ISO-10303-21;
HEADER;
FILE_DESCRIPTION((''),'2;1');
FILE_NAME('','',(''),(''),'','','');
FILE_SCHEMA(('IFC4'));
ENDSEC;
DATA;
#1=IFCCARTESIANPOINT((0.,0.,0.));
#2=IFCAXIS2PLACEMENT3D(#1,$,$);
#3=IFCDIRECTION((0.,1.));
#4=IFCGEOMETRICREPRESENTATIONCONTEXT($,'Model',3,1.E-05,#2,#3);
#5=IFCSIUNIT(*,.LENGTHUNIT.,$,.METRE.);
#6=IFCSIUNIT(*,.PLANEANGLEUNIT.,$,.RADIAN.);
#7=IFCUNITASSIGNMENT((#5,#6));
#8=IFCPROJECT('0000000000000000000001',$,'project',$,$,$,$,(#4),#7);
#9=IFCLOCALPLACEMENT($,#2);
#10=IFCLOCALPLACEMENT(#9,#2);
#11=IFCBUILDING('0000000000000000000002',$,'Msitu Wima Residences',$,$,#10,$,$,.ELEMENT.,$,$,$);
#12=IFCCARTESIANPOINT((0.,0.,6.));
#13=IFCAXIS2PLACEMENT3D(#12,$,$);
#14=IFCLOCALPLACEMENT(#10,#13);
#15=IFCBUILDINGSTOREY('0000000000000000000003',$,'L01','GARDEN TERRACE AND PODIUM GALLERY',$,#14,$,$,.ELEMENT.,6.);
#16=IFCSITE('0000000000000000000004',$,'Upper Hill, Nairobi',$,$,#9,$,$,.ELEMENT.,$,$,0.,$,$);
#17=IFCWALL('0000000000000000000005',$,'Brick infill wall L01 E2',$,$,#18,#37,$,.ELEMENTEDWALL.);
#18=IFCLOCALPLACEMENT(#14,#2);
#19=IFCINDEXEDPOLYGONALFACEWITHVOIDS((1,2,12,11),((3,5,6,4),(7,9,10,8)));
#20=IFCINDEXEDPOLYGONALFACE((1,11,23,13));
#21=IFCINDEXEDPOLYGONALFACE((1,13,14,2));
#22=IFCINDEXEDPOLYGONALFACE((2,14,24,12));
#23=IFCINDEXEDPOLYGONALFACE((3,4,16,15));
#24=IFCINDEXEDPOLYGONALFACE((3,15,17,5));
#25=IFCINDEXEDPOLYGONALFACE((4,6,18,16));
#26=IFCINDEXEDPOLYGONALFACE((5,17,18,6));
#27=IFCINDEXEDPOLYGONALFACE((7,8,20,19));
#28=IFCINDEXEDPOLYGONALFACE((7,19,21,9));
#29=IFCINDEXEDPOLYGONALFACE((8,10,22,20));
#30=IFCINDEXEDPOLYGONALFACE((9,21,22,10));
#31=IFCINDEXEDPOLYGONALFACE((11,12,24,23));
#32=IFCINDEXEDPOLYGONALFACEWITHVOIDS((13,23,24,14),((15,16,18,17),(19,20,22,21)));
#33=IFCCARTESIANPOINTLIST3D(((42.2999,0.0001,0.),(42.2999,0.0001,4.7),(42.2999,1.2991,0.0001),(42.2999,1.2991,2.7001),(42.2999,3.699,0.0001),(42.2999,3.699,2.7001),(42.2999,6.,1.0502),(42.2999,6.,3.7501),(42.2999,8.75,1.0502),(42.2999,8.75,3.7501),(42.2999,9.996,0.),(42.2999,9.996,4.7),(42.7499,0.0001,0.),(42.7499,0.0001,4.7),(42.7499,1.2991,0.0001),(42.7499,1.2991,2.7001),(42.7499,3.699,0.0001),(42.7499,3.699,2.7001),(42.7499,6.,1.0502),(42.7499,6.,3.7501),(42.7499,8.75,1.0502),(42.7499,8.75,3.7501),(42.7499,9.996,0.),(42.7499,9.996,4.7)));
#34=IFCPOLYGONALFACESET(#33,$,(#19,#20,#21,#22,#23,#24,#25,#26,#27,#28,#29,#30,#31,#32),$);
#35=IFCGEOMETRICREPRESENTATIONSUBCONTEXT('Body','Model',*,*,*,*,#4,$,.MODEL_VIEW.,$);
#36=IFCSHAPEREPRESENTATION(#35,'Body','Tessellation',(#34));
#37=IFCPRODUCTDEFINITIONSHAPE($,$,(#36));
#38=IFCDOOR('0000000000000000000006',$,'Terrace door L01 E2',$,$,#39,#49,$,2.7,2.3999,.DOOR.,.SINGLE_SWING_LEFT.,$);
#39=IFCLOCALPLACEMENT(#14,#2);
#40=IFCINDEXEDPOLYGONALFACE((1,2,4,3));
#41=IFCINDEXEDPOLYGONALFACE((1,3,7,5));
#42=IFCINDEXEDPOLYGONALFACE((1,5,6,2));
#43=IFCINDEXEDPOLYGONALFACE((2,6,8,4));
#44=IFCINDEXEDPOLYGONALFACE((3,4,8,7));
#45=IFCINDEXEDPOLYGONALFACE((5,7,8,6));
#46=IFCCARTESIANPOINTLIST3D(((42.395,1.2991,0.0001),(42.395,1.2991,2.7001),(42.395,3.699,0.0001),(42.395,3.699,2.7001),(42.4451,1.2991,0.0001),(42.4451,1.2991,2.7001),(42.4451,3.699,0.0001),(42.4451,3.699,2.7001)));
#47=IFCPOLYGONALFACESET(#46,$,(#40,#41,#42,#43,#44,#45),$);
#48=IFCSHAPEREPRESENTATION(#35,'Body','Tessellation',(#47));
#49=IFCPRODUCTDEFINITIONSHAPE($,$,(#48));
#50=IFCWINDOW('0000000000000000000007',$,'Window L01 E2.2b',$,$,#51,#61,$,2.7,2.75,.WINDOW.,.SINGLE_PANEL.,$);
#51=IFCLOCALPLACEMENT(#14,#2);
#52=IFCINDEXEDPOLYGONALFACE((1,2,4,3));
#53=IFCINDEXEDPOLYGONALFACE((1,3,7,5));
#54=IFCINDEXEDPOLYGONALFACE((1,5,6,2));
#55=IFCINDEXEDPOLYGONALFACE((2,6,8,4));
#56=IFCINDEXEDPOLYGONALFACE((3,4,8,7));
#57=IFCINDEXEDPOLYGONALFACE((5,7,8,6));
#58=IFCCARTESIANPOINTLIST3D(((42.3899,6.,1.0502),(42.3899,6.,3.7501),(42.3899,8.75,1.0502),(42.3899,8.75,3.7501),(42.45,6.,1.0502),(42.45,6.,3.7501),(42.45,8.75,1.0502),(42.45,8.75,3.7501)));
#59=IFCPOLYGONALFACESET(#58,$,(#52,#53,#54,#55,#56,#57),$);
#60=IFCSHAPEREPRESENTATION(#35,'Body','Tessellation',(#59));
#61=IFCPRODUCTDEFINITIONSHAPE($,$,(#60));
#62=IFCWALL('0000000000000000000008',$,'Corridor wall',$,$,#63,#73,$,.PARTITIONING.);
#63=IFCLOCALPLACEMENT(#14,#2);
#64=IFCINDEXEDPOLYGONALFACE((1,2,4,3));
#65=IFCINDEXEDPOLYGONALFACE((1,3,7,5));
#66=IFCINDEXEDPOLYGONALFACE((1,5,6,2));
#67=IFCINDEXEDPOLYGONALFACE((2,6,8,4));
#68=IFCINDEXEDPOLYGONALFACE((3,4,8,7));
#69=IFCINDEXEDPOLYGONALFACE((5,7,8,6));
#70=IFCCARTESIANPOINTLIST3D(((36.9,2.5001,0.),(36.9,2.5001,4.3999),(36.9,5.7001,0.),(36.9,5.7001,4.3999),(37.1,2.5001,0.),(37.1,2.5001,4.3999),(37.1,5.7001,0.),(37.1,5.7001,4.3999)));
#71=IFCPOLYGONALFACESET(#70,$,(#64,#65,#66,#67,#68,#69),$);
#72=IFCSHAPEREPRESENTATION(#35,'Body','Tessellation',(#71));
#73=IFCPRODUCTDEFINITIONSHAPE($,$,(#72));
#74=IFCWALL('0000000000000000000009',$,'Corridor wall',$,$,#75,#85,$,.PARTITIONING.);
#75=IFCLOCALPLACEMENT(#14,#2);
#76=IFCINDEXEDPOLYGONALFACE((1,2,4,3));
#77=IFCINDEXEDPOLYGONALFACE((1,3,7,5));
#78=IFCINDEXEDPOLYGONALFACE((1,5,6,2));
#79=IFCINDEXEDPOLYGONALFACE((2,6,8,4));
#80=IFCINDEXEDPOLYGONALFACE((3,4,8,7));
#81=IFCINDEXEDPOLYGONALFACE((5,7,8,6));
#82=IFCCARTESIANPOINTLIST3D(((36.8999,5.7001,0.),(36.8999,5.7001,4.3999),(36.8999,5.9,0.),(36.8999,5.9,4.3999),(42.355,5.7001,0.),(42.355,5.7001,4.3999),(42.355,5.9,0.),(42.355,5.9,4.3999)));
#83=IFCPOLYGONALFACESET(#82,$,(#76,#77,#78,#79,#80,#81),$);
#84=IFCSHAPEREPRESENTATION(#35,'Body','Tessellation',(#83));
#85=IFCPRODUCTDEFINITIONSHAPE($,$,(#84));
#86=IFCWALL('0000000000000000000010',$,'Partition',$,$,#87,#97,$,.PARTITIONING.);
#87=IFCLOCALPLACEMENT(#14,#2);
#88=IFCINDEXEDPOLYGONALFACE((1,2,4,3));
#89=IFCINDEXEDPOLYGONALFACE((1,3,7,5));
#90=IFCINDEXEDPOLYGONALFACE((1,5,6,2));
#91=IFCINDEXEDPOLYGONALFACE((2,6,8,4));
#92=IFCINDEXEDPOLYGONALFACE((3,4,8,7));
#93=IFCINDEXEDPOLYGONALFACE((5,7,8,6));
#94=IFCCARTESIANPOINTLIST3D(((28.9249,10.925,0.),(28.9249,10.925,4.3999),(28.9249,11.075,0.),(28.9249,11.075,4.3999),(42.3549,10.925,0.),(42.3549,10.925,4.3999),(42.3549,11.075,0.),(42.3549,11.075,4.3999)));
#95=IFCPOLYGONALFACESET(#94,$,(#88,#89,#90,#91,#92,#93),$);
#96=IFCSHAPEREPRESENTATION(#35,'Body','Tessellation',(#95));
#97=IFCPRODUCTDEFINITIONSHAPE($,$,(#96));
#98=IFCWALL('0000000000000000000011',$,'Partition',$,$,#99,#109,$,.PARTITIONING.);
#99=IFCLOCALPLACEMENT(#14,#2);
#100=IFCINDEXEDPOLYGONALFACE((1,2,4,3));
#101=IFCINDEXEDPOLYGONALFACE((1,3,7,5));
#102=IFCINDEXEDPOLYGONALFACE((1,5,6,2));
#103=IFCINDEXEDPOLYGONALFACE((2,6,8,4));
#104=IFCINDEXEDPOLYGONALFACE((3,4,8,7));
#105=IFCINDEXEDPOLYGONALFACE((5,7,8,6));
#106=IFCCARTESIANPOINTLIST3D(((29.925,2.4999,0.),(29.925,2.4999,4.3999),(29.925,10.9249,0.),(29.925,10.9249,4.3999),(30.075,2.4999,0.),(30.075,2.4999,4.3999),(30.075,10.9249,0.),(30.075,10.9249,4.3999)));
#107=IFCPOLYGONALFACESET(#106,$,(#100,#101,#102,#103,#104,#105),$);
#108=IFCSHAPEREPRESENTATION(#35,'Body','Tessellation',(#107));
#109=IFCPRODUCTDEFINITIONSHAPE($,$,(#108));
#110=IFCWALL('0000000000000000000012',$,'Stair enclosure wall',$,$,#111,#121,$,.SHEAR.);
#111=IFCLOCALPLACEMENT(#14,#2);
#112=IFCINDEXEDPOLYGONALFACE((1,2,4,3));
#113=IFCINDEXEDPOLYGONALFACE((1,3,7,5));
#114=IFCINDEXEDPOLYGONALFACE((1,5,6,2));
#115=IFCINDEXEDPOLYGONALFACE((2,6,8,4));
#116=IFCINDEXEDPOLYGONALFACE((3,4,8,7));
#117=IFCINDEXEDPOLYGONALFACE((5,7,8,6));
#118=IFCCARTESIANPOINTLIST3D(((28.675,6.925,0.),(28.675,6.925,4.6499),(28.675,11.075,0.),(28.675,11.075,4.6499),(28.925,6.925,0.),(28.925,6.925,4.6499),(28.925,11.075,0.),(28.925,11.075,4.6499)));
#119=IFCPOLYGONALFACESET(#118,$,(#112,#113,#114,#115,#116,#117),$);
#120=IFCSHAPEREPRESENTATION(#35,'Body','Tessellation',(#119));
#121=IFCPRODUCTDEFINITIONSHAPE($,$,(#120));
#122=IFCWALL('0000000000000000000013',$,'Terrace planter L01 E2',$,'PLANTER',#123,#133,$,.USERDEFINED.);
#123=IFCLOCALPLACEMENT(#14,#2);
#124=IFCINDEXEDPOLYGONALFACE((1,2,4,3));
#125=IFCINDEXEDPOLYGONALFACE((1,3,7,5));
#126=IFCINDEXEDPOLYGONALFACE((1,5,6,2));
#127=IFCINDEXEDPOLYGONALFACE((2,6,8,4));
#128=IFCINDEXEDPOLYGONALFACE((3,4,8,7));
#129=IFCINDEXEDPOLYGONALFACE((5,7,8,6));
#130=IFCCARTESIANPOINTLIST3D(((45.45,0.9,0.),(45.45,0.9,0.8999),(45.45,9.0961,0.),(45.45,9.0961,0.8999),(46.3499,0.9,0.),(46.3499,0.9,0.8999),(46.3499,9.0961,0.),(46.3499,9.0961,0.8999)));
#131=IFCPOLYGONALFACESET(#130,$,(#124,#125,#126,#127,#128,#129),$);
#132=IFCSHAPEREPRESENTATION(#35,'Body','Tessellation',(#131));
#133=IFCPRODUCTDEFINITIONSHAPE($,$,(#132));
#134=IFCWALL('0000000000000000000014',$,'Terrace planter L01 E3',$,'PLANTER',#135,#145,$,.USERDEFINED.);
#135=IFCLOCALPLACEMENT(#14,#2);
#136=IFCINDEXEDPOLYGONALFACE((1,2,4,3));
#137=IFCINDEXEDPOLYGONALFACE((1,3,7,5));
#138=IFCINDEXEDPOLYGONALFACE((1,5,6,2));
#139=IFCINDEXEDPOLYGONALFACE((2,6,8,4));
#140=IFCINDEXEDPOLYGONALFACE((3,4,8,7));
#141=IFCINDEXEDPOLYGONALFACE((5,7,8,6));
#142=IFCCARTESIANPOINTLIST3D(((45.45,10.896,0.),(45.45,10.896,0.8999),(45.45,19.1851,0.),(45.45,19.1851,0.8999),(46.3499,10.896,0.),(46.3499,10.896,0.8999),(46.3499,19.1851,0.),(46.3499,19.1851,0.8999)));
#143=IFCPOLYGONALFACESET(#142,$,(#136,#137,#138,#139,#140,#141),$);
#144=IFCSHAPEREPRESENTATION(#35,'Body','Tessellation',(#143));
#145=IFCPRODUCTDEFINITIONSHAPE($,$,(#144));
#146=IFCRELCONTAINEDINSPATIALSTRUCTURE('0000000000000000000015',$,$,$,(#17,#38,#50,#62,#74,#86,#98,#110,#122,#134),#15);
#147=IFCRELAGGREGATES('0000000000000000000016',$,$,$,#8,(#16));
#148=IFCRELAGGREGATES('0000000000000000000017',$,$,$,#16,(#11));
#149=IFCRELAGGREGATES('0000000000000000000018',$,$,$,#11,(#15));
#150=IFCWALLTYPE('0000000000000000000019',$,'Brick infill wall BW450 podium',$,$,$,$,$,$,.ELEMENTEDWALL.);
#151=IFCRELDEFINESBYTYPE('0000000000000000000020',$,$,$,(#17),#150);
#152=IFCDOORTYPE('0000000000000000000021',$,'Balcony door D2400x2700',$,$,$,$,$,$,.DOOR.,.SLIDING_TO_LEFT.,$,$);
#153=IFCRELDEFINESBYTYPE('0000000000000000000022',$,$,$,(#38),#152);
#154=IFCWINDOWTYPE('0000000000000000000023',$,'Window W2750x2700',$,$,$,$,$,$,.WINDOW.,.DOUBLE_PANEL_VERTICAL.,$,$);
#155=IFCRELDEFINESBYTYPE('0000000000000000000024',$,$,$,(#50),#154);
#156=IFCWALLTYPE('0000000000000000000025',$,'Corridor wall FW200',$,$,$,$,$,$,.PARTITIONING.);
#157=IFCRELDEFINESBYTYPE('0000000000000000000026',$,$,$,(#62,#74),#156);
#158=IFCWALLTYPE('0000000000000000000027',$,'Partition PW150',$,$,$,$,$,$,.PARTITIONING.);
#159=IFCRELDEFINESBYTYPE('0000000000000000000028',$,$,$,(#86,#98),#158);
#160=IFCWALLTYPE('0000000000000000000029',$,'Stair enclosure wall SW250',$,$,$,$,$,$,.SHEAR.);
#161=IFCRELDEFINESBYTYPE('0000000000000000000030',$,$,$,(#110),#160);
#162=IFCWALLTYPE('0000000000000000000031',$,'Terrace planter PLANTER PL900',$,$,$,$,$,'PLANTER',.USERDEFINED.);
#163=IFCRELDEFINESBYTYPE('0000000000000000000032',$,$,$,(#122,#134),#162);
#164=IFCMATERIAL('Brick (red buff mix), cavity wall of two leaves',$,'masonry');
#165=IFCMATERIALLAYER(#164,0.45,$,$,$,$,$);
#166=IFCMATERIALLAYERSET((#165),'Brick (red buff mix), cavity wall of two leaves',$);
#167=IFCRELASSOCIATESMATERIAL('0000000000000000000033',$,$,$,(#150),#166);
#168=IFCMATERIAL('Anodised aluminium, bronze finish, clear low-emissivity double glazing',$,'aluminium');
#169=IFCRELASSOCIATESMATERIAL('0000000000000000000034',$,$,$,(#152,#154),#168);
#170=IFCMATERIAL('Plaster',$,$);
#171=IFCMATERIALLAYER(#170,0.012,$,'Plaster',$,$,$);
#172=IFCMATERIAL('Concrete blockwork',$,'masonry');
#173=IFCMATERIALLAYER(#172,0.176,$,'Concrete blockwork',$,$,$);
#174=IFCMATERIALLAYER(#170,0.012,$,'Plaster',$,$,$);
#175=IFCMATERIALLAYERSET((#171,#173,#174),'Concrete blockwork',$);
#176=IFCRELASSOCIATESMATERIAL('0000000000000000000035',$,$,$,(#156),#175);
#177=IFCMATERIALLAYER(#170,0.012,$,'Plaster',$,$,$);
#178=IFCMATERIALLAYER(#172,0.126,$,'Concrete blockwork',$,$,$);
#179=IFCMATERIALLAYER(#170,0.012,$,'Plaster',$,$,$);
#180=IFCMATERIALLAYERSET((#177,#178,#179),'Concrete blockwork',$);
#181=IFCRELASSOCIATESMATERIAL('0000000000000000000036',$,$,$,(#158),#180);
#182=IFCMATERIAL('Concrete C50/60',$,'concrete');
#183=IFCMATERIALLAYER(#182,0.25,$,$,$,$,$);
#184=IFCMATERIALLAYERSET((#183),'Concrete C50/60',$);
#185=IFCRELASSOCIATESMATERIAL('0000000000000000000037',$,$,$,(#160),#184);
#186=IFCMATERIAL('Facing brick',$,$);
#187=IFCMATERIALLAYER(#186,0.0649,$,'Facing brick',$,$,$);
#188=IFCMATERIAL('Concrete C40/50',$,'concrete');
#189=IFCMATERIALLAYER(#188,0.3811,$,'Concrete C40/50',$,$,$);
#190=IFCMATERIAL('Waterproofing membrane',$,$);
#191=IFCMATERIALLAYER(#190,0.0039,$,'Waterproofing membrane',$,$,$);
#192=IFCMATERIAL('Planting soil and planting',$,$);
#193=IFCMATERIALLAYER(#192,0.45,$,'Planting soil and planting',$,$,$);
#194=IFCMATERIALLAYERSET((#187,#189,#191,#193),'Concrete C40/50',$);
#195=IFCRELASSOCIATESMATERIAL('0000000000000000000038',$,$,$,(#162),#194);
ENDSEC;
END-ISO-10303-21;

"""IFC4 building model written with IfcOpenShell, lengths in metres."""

from ifc_helpers import new_model, si_unit, direction, frame, frame_2d, origin, place, context, subcontext, project, spatial, rectangle, extrude, material, layer, layer_set, type_object, element, fill, save


model = new_model("IFC4")

# Units and contexts
model_context = context("Model", 3, precision=1e-05, world=origin(), true_north=direction((0.0, 1.0)))
body_context = subcontext(model_context, "Body", "Model", "MODEL_VIEW")
ifc_project = project(units=[si_unit("LENGTHUNIT", "METRE"), si_unit("PLANEANGLEUNIT", "RADIAN")], contexts=[model_context])

# Site, building, storey
site_placement = place(None, origin())
site = spatial("IfcSite", under=ifc_project, at=site_placement, Name="Upper Hill, Nairobi", CompositionType="ELEMENT", RefElevation=0.0)
building_placement = place(site_placement, origin())
building = spatial("IfcBuilding", under=site, at=building_placement, Name="Msitu Wima Residences", CompositionType="ELEMENT")
storey_placement = place(building_placement, frame((0.0, 0.0, 6.0)))
storey = spatial("IfcBuildingStorey", under=building, at=storey_placement, Name="L01", Description="GARDEN TERRACE AND PODIUM GALLERY", CompositionType="ELEMENT", Elevation=6.0)

# Shared definitions
ifc_material_1 = material(Name="Concrete C40/50", Category="concrete")

# Shared definitions
ifc_material_2 = material(Name="Anodised aluminium, bronze finish, clear low-emissivity double glazing", Category="aluminium")

# Wall, openings, door, window
ifc_material_3 = material(Name="Brick (red buff mix), cavity wall of two leaves", Category="masonry")
ifc_layer_1 = layer(ifc_material_3, 0.45)
ifc_layer_set_1 = layer_set([ifc_layer_1], Name="Brick (red buff mix), cavity wall of two leaves")
wall_type_1 = type_object("IfcWallType", Name="Brick infill wall BW450 podium", PredefinedType="ELEMENTEDWALL", material=ifc_layer_set_1)
wall_1_placement = place(storey_placement, frame((42.5249, 0.0, 0.0), z_axis=(0.0, 0.0, 1.0), x_axis=(0.0, 1.0, 0.0)))
wall_1 = element("IfcWall", 1, at=wall_1_placement, inside=storey, type_object=wall_type_1, Name="Brick infill wall L01 E2", PredefinedType="ELEMENTEDWALL", context=body_context, shape_type="SweptSolid", body=[
    extrude(rectangle(XDim=9.9958, YDim=0.45, at=frame_2d((4.998, 0.0))), origin(), (0.0, 0.0, 1.0), 4.7),
])
opening_1_placement = place(wall_1_placement, frame((1.2991, 0.0, 0.0)))
opening_1 = element("IfcOpeningElement", 2, at=opening_1_placement, cuts=wall_1, PredefinedType="OPENING", context=body_context, shape_type="SweptSolid", body=[
    extrude(rectangle(XDim=2.3999, YDim=2.7, at=frame_2d((1.2, 1.3501))), frame((0.0, 0.2349, 0.0), z_axis=(0.0, -1.0, 0.0), x_axis=(1.0, 0.0, 0.0)), (0.0, 0.0, 1.0), 0.47),
])
opening_2_placement = place(wall_1_placement, frame((6.0, 0.0, 1.05)))
opening_2 = element("IfcOpeningElement", 3, at=opening_2_placement, cuts=wall_1, PredefinedType="OPENING", context=body_context, shape_type="SweptSolid", body=[
    extrude(rectangle(XDim=2.75, YDim=2.7, at=frame_2d((1.375, 1.3501))), frame((0.0, 0.2349, 0.0), z_axis=(0.0, -1.0, 0.0), x_axis=(1.0, 0.0, 0.0)), (0.0, 0.0, 1.0), 0.47),
])
door_type = type_object("IfcDoorType", Name="Balcony door D2400x2700", OperationType="SLIDING_TO_LEFT", PredefinedType="DOOR", material=ifc_material_2)
door_placement = place(opening_1_placement, origin())
door = element("IfcDoor", 4, at=door_placement, inside=storey, type_object=door_type, Name="Terrace door L01 E2", OperationType="SINGLE_SWING_LEFT", OverallHeight=2.7, OverallWidth=2.3999, PredefinedType="DOOR", context=body_context, shape_type="SweptSolid", body=[
    extrude(rectangle(XDim=2.3999, YDim=2.7, at=frame_2d((1.2, 1.3501))), frame((0.0, 0.1299, 0.0), z_axis=(0.0, -1.0, 0.0), x_axis=(1.0, 0.0, 0.0)), (0.0, 0.0, 1.0), 0.05),
])
fill(opening_1, door)
window_type = type_object("IfcWindowType", Name="Window W2750x2700", PartitioningType="DOUBLE_PANEL_VERTICAL", PredefinedType="WINDOW", material=ifc_material_2)
window_placement = place(opening_2_placement, origin())
window = element("IfcWindow", 5, at=window_placement, inside=storey, type_object=window_type, Name="Window L01 E2.2b", OverallHeight=2.7, OverallWidth=2.75, PartitioningType="SINGLE_PANEL", PredefinedType="WINDOW", context=body_context, shape_type="SweptSolid", body=[
    extrude(rectangle(XDim=2.75, YDim=2.7, at=frame_2d((1.375, 1.3501))), frame((0.0, 0.135, 0.0), z_axis=(0.0, -1.0, 0.0), x_axis=(1.0, 0.0, 0.0)), (0.0, 0.0, 1.0), 0.0601),
])
fill(opening_2, window)

# Walls
ifc_material_4 = material(Name="Plaster")
ifc_layer_2 = layer(ifc_material_4, 0.012, Name="Plaster")
ifc_material_5 = material(Name="Concrete blockwork", Category="masonry")
ifc_layer_3 = layer(ifc_material_5, 0.176, Name="Concrete blockwork")
ifc_layer_4 = layer(ifc_material_4, 0.012, Name="Plaster")
ifc_layer_set_2 = layer_set([ifc_layer_2, ifc_layer_3, ifc_layer_4], Name="Concrete blockwork")
wall_type_2 = type_object("IfcWallType", Name="Corridor wall FW200", PredefinedType="PARTITIONING", material=ifc_layer_set_2)
wall_2_placement = place(storey_placement, frame((37.0, 2.5, 0.0), z_axis=(0.0, 0.0, 1.0), x_axis=(0.0, 1.0, 0.0)))
element("IfcWall", 6, at=wall_2_placement, inside=storey, type_object=wall_type_2, Name="Corridor wall", PredefinedType="PARTITIONING", context=body_context, shape_type="SweptSolid", body=[
    extrude(rectangle(XDim=3.2, YDim=0.2, at=frame_2d((1.6001, 0.0))), origin(), (0.0, 0.0, 1.0), 4.3999),
])
wall_3_placement = place(storey_placement, frame((36.8999, 5.8, 0.0), z_axis=(0.0, 0.0, 1.0), x_axis=(1.0, 0.0, 0.0)))
element("IfcWall", 7, at=wall_3_placement, inside=storey, type_object=wall_type_2, Name="Corridor wall", PredefinedType="PARTITIONING", context=body_context, shape_type="SweptSolid", body=[
    extrude(rectangle(XDim=5.4551, YDim=0.2, at=frame_2d((2.7275, 0.0))), origin(), (0.0, 0.0, 1.0), 4.3999),
])
ifc_layer_5 = layer(ifc_material_4, 0.012, Name="Plaster")
ifc_layer_6 = layer(ifc_material_5, 0.126, Name="Concrete blockwork")
ifc_layer_7 = layer(ifc_material_4, 0.012, Name="Plaster")
ifc_layer_set_3 = layer_set([ifc_layer_5, ifc_layer_6, ifc_layer_7], Name="Concrete blockwork")
wall_type_3 = type_object("IfcWallType", Name="Partition PW150", PredefinedType="PARTITIONING", material=ifc_layer_set_3)
wall_4_placement = place(storey_placement, frame((28.925, 11.0, 0.0), z_axis=(0.0, 0.0, 1.0), x_axis=(1.0, 0.0, 0.0)))
element("IfcWall", 8, at=wall_4_placement, inside=storey, type_object=wall_type_3, Name="Partition", PredefinedType="PARTITIONING", context=body_context, shape_type="SweptSolid", body=[
    extrude(rectangle(XDim=13.4299, YDim=0.1499, at=frame_2d((6.7148, 0.0))), origin(), (0.0, 0.0, 1.0), 4.3999),
])
wall_5_placement = place(storey_placement, frame((30.0, 2.5, 0.0), z_axis=(0.0, 0.0, 1.0), x_axis=(0.0, 1.0, 0.0)))
element("IfcWall", 9, at=wall_5_placement, inside=storey, type_object=wall_type_3, Name="Partition", PredefinedType="PARTITIONING", context=body_context, shape_type="SweptSolid", body=[
    extrude(rectangle(XDim=8.425, YDim=0.1499, at=frame_2d((4.2124, 0.0))), origin(), (0.0, 0.0, 1.0), 4.3999),
])
ifc_material_6 = material(Name="Concrete C50/60", Category="concrete")
ifc_layer_8 = layer(ifc_material_6, 0.25)
ifc_layer_set_4 = layer_set([ifc_layer_8], Name="Concrete C50/60")
wall_type_4 = type_object("IfcWallType", Name="Stair enclosure wall SW250", PredefinedType="SHEAR", material=ifc_layer_set_4)
wall_6_placement = place(storey_placement, frame((28.8, 6.925, 0.0), z_axis=(0.0, 0.0, 1.0), x_axis=(0.0, 1.0, 0.0)))
element("IfcWall", 10, at=wall_6_placement, inside=storey, type_object=wall_type_4, Name="Stair enclosure wall", PredefinedType="SHEAR", context=body_context, shape_type="SweptSolid", body=[
    extrude(rectangle(XDim=4.1499, YDim=0.25, at=frame_2d((2.075, 0.0))), origin(), (0.0, 0.0, 1.0), 4.6499),
])
ifc_material_7 = material(Name="Facing brick")
ifc_layer_9 = layer(ifc_material_7, 0.0649, Name="Facing brick")
ifc_layer_10 = layer(ifc_material_1, 0.3811, Name="Concrete C40/50")
ifc_material_8 = material(Name="Waterproofing membrane")
ifc_layer_11 = layer(ifc_material_8, 0.0039, Name="Waterproofing membrane")
ifc_material_9 = material(Name="Planting soil and planting")
ifc_layer_12 = layer(ifc_material_9, 0.45, Name="Planting soil and planting")
ifc_layer_set_5 = layer_set([ifc_layer_9, ifc_layer_10, ifc_layer_11, ifc_layer_12], Name="Concrete C40/50")
wall_type_5 = type_object("IfcWallType", Name="Terrace planter PLANTER PL900", ElementType="PLANTER", PredefinedType="USERDEFINED", material=ifc_layer_set_5)
wall_7_placement = place(storey_placement, frame((45.8999, 0.8999, 0.0), z_axis=(0.0, 0.0, 1.0), x_axis=(0.0, 1.0, 0.0)))
element("IfcWall", 11, at=wall_7_placement, inside=storey, type_object=wall_type_5, Name="Terrace planter L01 E2", ObjectType="PLANTER", PredefinedType="USERDEFINED", context=body_context, shape_type="SweptSolid", body=[
    extrude(rectangle(XDim=8.196, YDim=0.8999, at=frame_2d((4.0981, 0.0))), origin(), (0.0, 0.0, 1.0), 0.8999),
])
wall_8_placement = place(storey_placement, frame((45.8999, 10.896, 0.0), z_axis=(0.0, 0.0, 1.0), x_axis=(0.0, 1.0, 0.0)))
element("IfcWall", 12, at=wall_8_placement, inside=storey, type_object=wall_type_5, Name="Terrace planter L01 E3", ObjectType="PLANTER", PredefinedType="USERDEFINED", context=body_context, shape_type="SweptSolid", body=[
    extrude(rectangle(XDim=8.2891, YDim=0.8999, at=frame_2d((4.1445, 0.0))), origin(), (0.0, 0.0, 1.0), 0.8999),
])

save(model, "model.ifc")
